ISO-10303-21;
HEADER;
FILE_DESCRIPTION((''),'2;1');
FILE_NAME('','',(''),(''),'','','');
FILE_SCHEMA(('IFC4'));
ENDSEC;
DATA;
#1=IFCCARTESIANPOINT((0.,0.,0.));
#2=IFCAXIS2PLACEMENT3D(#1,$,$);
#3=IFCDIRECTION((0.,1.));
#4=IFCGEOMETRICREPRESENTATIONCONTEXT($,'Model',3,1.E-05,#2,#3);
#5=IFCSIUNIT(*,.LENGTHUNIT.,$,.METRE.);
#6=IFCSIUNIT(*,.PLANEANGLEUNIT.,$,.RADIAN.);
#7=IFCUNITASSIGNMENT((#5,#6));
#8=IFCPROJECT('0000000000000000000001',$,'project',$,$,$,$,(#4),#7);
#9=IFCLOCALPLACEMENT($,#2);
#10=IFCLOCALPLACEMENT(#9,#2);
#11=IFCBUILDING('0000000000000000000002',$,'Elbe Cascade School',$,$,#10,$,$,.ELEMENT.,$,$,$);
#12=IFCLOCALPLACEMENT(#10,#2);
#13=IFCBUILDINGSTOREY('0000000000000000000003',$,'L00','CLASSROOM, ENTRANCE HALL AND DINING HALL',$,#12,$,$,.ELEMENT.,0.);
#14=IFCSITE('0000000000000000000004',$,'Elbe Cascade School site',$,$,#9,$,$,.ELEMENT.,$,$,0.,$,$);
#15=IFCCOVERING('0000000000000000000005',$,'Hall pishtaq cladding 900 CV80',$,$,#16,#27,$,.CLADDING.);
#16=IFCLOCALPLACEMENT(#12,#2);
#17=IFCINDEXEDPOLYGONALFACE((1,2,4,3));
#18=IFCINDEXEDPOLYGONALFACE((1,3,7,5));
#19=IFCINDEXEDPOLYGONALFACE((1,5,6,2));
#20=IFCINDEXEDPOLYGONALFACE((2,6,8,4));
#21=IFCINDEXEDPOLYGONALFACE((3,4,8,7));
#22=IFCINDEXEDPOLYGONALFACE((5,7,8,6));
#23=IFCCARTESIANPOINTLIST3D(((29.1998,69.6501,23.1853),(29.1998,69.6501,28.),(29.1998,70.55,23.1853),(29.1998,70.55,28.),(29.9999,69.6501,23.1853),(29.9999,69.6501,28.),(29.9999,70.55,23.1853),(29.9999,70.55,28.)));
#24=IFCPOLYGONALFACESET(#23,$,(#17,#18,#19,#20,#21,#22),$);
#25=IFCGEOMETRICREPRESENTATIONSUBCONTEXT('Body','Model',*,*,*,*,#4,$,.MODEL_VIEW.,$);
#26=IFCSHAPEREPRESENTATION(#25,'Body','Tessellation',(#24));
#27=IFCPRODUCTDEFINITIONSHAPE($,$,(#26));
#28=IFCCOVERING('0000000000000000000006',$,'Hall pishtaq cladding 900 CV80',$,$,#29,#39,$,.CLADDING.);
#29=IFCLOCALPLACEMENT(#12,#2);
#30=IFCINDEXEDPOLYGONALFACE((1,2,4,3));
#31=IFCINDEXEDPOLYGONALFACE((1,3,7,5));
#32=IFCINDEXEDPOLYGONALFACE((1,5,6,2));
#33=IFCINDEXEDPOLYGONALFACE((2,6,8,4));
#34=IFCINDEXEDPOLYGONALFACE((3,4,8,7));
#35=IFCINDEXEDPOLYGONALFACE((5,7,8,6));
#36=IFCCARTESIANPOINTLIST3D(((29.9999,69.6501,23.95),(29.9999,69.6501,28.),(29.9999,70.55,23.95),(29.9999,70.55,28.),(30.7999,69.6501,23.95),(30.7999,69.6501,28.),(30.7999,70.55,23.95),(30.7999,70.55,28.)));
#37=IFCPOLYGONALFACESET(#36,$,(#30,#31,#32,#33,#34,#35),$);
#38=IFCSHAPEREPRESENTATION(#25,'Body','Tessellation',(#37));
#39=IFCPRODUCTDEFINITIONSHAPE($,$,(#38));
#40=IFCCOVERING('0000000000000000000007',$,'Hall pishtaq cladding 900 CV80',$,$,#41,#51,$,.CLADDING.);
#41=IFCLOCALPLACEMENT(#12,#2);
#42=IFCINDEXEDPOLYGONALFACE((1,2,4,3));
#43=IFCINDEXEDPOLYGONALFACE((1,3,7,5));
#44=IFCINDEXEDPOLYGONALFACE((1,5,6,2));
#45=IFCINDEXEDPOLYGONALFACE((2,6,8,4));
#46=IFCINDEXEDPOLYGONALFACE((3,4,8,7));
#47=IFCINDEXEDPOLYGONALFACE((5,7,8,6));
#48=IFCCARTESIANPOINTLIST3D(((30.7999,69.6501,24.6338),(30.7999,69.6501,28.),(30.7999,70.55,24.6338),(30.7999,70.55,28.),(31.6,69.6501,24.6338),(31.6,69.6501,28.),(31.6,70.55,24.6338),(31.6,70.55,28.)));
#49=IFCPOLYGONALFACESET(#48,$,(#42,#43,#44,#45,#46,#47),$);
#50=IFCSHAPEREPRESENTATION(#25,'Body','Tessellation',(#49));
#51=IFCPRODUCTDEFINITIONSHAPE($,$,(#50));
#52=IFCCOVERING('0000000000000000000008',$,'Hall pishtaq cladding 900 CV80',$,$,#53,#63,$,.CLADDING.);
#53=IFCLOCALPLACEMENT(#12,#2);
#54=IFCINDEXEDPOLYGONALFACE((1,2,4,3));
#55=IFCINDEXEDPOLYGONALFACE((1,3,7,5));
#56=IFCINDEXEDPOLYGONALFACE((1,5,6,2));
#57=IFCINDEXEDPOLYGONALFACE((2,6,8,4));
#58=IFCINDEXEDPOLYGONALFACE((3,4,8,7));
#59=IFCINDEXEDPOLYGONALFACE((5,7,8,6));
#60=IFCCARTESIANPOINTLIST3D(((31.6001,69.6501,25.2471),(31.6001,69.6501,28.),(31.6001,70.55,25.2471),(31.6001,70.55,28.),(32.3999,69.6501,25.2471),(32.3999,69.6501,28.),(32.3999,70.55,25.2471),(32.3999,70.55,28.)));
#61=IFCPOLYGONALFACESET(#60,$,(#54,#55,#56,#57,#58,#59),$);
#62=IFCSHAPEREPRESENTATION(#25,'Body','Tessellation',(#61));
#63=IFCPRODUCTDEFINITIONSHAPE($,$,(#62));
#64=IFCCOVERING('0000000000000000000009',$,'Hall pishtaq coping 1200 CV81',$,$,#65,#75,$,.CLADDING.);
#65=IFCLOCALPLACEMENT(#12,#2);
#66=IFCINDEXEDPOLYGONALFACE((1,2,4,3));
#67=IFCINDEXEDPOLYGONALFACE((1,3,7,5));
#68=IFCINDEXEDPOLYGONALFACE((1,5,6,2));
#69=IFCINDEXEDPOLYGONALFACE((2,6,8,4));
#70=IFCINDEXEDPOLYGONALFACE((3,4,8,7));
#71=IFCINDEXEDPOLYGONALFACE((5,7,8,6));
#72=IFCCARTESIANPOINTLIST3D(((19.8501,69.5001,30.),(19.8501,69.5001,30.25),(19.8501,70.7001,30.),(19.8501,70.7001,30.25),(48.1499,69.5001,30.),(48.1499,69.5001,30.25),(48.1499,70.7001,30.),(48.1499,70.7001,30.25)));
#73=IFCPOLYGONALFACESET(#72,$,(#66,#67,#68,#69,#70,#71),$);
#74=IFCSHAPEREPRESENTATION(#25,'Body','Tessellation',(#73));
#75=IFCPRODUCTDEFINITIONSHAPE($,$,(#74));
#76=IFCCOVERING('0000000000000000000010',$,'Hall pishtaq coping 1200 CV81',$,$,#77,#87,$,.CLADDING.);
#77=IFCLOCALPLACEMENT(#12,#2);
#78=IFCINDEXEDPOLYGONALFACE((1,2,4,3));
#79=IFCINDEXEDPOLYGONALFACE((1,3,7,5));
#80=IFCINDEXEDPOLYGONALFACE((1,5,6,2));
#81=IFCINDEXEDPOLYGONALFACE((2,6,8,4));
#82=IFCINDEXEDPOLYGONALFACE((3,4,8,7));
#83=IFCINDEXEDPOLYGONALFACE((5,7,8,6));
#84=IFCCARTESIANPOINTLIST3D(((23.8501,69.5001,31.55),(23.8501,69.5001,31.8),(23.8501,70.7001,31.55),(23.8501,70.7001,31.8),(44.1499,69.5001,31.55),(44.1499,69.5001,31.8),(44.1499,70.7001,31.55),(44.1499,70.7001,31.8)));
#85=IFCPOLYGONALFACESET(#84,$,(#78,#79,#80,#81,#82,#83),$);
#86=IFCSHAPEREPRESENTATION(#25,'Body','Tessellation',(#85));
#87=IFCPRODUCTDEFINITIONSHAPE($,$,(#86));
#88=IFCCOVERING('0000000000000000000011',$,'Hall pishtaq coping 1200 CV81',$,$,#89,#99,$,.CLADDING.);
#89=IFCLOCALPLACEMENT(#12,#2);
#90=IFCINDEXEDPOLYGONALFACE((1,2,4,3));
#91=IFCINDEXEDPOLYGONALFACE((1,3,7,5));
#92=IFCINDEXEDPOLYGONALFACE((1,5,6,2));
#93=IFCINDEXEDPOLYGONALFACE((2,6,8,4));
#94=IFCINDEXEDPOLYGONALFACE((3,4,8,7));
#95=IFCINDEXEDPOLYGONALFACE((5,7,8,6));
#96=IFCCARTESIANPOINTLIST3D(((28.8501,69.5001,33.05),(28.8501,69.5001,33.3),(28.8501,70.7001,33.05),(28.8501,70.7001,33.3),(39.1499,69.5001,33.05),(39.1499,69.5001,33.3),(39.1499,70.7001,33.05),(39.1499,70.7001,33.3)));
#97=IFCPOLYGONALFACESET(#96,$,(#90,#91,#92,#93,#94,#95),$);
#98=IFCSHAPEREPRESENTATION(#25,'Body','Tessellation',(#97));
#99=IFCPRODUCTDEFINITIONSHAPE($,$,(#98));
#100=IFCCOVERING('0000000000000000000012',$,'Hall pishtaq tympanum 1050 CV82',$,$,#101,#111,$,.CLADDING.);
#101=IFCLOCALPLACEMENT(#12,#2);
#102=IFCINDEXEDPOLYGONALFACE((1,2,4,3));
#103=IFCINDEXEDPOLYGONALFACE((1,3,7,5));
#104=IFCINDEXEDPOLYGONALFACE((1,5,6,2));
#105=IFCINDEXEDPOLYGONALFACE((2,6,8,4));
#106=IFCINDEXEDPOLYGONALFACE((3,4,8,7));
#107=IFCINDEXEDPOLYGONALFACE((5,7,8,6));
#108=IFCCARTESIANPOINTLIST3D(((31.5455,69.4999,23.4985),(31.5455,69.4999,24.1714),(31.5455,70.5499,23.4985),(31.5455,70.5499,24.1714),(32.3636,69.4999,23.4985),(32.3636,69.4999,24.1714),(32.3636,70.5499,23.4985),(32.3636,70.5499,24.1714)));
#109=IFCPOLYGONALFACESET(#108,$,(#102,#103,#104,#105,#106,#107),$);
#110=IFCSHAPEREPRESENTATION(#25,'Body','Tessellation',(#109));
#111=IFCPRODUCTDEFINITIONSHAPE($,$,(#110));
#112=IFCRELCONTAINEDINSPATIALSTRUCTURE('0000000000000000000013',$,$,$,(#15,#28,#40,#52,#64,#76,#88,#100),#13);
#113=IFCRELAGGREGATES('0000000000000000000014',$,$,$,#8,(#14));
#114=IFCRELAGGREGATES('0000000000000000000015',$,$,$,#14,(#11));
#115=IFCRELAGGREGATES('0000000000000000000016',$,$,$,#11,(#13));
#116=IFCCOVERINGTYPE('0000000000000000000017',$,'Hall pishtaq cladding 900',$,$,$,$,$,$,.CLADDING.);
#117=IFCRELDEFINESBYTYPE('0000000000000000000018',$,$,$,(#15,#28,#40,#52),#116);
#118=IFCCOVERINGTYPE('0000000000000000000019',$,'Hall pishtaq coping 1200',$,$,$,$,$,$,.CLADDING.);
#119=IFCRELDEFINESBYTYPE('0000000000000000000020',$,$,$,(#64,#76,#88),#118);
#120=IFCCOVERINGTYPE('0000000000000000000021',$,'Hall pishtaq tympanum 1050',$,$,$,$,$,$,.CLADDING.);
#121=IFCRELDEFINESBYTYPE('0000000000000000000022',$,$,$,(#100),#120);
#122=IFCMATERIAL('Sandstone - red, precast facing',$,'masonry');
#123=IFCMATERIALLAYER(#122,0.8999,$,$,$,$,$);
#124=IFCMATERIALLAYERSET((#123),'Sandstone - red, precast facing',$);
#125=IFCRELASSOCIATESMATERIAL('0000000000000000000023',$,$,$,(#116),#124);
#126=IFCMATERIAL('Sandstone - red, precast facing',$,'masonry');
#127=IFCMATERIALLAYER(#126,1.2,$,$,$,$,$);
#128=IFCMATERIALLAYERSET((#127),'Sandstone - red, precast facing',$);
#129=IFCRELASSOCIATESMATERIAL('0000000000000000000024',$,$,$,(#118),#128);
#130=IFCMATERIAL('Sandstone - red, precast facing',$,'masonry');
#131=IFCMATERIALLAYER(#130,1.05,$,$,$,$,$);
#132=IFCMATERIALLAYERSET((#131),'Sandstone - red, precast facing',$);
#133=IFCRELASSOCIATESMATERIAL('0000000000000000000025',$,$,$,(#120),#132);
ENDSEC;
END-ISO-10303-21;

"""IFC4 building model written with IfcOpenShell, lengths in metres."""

from ifc_helpers import new_model, si_unit, direction, frame, frame_2d, origin, place, context, subcontext, project, spatial, rectangle, extrude, material, layer, layer_set, type_object, element, save


model = new_model("IFC4")

# Units and contexts
model_context = context("Model", 3, precision=1e-05, world=origin(), true_north=direction((0.0, 1.0)))
body_context = subcontext(model_context, "Body", "Model", "MODEL_VIEW")
ifc_project = project(units=[si_unit("LENGTHUNIT", "METRE"), si_unit("PLANEANGLEUNIT", "RADIAN")], contexts=[model_context])

# Site, building, storey
site_placement = place(None, origin())
site = spatial("IfcSite", under=ifc_project, at=site_placement, Name="Elbe Cascade School site", CompositionType="ELEMENT", RefElevation=0.0)
building_placement = place(site_placement, origin())
building = spatial("IfcBuilding", under=site, at=building_placement, Name="Elbe Cascade School", CompositionType="ELEMENT")
storey_placement = place(building_placement, origin())
storey = spatial("IfcBuildingStorey", under=building, at=storey_placement, Name="L00", Description="CLASSROOM, ENTRANCE HALL AND DINING HALL", CompositionType="ELEMENT", Elevation=0.0)

# Coverings
ifc_material_1 = material(Name="Sandstone - red, precast facing", Category="masonry")
ifc_layer_1 = layer(ifc_material_1, 0.8999)
ifc_layer_set_1 = layer_set([ifc_layer_1], Name="Sandstone - red, precast facing")
covering_type_1 = type_object("IfcCoveringType", Name="Hall pishtaq cladding 900", PredefinedType="CLADDING", material=ifc_layer_set_1)
covering_1_placement = place(storey_placement, frame((29.2, 70.1001, 23.1853), z_axis=(0.0, 0.0, 1.0), x_axis=(1.0, 0.0, 0.0)))
element("IfcCovering", 1, at=covering_1_placement, inside=storey, type_object=covering_type_1, Name="Hall pishtaq cladding 900 CV80", PredefinedType="CLADDING", context=body_context, shape_type="SweptSolid", body=[
    extrude(rectangle(XDim=0.8, YDim=0.8999, at=frame_2d((0.3999, 0.0))), origin(), (0.0, 0.0, 1.0), 4.8147),
])
covering_2_placement = place(storey_placement, frame((30.0, 70.1001, 23.95), z_axis=(0.0, 0.0, 1.0), x_axis=(1.0, 0.0, 0.0)))
element("IfcCovering", 2, at=covering_2_placement, inside=storey, type_object=covering_type_1, Name="Hall pishtaq cladding 900 CV80", PredefinedType="CLADDING", context=body_context, shape_type="SweptSolid", body=[
    extrude(rectangle(XDim=0.8, YDim=0.8999, at=frame_2d((0.3999, 0.0))), origin(), (0.0, 0.0, 1.0), 4.05),
])
covering_3_placement = place(storey_placement, frame((30.8, 70.1001, 24.6338), z_axis=(0.0, 0.0, 1.0), x_axis=(1.0, 0.0, 0.0)))
element("IfcCovering", 3, at=covering_3_placement, inside=storey, type_object=covering_type_1, Name="Hall pishtaq cladding 900 CV80", PredefinedType="CLADDING", context=body_context, shape_type="SweptSolid", body=[
    extrude(rectangle(XDim=0.8, YDim=0.8999, at=frame_2d((0.3999, 0.0))), origin(), (0.0, 0.0, 1.0), 3.3662),
])
covering_4_placement = place(storey_placement, frame((31.6001, 70.1001, 25.2471), z_axis=(0.0, 0.0, 1.0), x_axis=(1.0, 0.0, 0.0)))
element("IfcCovering", 4, at=covering_4_placement, inside=storey, type_object=covering_type_1, Name="Hall pishtaq cladding 900 CV80", PredefinedType="CLADDING", context=body_context, shape_type="SweptSolid", body=[
    extrude(rectangle(XDim=0.7998, YDim=0.8999, at=frame_2d((0.3999, 0.0))), origin(), (0.0, 0.0, 1.0), 2.7529),
])
ifc_material_2 = material(Name="Sandstone - red, precast facing", Category="masonry")
ifc_layer_2 = layer(ifc_material_2, 1.2)
ifc_layer_set_2 = layer_set([ifc_layer_2], Name="Sandstone - red, precast facing")
covering_type_2 = type_object("IfcCoveringType", Name="Hall pishtaq coping 1200", PredefinedType="CLADDING", material=ifc_layer_set_2)
covering_5_placement = place(storey_placement, frame((19.8501, 70.1001, 30.0), z_axis=(0.0, 0.0, 1.0), x_axis=(1.0, 0.0, 0.0)))
element("IfcCovering", 5, at=covering_5_placement, inside=storey, type_object=covering_type_2, Name="Hall pishtaq coping 1200 CV81", PredefinedType="CLADDING", context=body_context, shape_type="SweptSolid", body=[
    extrude(rectangle(XDim=28.2998, YDim=1.2, at=frame_2d((14.1499, 0.0))), origin(), (0.0, 0.0, 1.0), 0.25),
])
covering_6_placement = place(storey_placement, frame((23.8501, 70.1001, 31.55), z_axis=(0.0, 0.0, 1.0), x_axis=(1.0, 0.0, 0.0)))
element("IfcCovering", 6, at=covering_6_placement, inside=storey, type_object=covering_type_2, Name="Hall pishtaq coping 1200 CV81", PredefinedType="CLADDING", context=body_context, shape_type="SweptSolid", body=[
    extrude(rectangle(XDim=20.2998, YDim=1.2, at=frame_2d((10.1499, 0.0))), origin(), (0.0, 0.0, 1.0), 0.25),
])
covering_7_placement = place(storey_placement, frame((28.8501, 70.1001, 33.05), z_axis=(0.0, 0.0, 1.0), x_axis=(1.0, 0.0, 0.0)))
element("IfcCovering", 7, at=covering_7_placement, inside=storey, type_object=covering_type_2, Name="Hall pishtaq coping 1200 CV81", PredefinedType="CLADDING", context=body_context, shape_type="SweptSolid", body=[
    extrude(rectangle(XDim=10.2998, YDim=1.2, at=frame_2d((5.1499, 0.0))), origin(), (0.0, 0.0, 1.0), 0.25),
])
ifc_material_3 = material(Name="Sandstone - red, precast facing", Category="masonry")
ifc_layer_3 = layer(ifc_material_3, 1.05)
ifc_layer_set_3 = layer_set([ifc_layer_3], Name="Sandstone - red, precast facing")
covering_type_3 = type_object("IfcCoveringType", Name="Hall pishtaq tympanum 1050", PredefinedType="CLADDING", material=ifc_layer_set_3)
covering_8_placement = place(storey_placement, frame((31.5454, 70.0249, 23.4985), z_axis=(0.0, 0.0, 1.0), x_axis=(1.0, 0.0, 0.0)))
element("IfcCovering", 8, at=covering_8_placement, inside=storey, type_object=covering_type_3, Name="Hall pishtaq tympanum 1050 CV82", PredefinedType="CLADDING", context=body_context, shape_type="SweptSolid", body=[
    extrude(rectangle(XDim=0.8181, YDim=1.05, at=frame_2d((0.4092, 0.0))), origin(), (0.0, 0.0, 1.0), 0.6729),
])

save(model, "model.ifc")
